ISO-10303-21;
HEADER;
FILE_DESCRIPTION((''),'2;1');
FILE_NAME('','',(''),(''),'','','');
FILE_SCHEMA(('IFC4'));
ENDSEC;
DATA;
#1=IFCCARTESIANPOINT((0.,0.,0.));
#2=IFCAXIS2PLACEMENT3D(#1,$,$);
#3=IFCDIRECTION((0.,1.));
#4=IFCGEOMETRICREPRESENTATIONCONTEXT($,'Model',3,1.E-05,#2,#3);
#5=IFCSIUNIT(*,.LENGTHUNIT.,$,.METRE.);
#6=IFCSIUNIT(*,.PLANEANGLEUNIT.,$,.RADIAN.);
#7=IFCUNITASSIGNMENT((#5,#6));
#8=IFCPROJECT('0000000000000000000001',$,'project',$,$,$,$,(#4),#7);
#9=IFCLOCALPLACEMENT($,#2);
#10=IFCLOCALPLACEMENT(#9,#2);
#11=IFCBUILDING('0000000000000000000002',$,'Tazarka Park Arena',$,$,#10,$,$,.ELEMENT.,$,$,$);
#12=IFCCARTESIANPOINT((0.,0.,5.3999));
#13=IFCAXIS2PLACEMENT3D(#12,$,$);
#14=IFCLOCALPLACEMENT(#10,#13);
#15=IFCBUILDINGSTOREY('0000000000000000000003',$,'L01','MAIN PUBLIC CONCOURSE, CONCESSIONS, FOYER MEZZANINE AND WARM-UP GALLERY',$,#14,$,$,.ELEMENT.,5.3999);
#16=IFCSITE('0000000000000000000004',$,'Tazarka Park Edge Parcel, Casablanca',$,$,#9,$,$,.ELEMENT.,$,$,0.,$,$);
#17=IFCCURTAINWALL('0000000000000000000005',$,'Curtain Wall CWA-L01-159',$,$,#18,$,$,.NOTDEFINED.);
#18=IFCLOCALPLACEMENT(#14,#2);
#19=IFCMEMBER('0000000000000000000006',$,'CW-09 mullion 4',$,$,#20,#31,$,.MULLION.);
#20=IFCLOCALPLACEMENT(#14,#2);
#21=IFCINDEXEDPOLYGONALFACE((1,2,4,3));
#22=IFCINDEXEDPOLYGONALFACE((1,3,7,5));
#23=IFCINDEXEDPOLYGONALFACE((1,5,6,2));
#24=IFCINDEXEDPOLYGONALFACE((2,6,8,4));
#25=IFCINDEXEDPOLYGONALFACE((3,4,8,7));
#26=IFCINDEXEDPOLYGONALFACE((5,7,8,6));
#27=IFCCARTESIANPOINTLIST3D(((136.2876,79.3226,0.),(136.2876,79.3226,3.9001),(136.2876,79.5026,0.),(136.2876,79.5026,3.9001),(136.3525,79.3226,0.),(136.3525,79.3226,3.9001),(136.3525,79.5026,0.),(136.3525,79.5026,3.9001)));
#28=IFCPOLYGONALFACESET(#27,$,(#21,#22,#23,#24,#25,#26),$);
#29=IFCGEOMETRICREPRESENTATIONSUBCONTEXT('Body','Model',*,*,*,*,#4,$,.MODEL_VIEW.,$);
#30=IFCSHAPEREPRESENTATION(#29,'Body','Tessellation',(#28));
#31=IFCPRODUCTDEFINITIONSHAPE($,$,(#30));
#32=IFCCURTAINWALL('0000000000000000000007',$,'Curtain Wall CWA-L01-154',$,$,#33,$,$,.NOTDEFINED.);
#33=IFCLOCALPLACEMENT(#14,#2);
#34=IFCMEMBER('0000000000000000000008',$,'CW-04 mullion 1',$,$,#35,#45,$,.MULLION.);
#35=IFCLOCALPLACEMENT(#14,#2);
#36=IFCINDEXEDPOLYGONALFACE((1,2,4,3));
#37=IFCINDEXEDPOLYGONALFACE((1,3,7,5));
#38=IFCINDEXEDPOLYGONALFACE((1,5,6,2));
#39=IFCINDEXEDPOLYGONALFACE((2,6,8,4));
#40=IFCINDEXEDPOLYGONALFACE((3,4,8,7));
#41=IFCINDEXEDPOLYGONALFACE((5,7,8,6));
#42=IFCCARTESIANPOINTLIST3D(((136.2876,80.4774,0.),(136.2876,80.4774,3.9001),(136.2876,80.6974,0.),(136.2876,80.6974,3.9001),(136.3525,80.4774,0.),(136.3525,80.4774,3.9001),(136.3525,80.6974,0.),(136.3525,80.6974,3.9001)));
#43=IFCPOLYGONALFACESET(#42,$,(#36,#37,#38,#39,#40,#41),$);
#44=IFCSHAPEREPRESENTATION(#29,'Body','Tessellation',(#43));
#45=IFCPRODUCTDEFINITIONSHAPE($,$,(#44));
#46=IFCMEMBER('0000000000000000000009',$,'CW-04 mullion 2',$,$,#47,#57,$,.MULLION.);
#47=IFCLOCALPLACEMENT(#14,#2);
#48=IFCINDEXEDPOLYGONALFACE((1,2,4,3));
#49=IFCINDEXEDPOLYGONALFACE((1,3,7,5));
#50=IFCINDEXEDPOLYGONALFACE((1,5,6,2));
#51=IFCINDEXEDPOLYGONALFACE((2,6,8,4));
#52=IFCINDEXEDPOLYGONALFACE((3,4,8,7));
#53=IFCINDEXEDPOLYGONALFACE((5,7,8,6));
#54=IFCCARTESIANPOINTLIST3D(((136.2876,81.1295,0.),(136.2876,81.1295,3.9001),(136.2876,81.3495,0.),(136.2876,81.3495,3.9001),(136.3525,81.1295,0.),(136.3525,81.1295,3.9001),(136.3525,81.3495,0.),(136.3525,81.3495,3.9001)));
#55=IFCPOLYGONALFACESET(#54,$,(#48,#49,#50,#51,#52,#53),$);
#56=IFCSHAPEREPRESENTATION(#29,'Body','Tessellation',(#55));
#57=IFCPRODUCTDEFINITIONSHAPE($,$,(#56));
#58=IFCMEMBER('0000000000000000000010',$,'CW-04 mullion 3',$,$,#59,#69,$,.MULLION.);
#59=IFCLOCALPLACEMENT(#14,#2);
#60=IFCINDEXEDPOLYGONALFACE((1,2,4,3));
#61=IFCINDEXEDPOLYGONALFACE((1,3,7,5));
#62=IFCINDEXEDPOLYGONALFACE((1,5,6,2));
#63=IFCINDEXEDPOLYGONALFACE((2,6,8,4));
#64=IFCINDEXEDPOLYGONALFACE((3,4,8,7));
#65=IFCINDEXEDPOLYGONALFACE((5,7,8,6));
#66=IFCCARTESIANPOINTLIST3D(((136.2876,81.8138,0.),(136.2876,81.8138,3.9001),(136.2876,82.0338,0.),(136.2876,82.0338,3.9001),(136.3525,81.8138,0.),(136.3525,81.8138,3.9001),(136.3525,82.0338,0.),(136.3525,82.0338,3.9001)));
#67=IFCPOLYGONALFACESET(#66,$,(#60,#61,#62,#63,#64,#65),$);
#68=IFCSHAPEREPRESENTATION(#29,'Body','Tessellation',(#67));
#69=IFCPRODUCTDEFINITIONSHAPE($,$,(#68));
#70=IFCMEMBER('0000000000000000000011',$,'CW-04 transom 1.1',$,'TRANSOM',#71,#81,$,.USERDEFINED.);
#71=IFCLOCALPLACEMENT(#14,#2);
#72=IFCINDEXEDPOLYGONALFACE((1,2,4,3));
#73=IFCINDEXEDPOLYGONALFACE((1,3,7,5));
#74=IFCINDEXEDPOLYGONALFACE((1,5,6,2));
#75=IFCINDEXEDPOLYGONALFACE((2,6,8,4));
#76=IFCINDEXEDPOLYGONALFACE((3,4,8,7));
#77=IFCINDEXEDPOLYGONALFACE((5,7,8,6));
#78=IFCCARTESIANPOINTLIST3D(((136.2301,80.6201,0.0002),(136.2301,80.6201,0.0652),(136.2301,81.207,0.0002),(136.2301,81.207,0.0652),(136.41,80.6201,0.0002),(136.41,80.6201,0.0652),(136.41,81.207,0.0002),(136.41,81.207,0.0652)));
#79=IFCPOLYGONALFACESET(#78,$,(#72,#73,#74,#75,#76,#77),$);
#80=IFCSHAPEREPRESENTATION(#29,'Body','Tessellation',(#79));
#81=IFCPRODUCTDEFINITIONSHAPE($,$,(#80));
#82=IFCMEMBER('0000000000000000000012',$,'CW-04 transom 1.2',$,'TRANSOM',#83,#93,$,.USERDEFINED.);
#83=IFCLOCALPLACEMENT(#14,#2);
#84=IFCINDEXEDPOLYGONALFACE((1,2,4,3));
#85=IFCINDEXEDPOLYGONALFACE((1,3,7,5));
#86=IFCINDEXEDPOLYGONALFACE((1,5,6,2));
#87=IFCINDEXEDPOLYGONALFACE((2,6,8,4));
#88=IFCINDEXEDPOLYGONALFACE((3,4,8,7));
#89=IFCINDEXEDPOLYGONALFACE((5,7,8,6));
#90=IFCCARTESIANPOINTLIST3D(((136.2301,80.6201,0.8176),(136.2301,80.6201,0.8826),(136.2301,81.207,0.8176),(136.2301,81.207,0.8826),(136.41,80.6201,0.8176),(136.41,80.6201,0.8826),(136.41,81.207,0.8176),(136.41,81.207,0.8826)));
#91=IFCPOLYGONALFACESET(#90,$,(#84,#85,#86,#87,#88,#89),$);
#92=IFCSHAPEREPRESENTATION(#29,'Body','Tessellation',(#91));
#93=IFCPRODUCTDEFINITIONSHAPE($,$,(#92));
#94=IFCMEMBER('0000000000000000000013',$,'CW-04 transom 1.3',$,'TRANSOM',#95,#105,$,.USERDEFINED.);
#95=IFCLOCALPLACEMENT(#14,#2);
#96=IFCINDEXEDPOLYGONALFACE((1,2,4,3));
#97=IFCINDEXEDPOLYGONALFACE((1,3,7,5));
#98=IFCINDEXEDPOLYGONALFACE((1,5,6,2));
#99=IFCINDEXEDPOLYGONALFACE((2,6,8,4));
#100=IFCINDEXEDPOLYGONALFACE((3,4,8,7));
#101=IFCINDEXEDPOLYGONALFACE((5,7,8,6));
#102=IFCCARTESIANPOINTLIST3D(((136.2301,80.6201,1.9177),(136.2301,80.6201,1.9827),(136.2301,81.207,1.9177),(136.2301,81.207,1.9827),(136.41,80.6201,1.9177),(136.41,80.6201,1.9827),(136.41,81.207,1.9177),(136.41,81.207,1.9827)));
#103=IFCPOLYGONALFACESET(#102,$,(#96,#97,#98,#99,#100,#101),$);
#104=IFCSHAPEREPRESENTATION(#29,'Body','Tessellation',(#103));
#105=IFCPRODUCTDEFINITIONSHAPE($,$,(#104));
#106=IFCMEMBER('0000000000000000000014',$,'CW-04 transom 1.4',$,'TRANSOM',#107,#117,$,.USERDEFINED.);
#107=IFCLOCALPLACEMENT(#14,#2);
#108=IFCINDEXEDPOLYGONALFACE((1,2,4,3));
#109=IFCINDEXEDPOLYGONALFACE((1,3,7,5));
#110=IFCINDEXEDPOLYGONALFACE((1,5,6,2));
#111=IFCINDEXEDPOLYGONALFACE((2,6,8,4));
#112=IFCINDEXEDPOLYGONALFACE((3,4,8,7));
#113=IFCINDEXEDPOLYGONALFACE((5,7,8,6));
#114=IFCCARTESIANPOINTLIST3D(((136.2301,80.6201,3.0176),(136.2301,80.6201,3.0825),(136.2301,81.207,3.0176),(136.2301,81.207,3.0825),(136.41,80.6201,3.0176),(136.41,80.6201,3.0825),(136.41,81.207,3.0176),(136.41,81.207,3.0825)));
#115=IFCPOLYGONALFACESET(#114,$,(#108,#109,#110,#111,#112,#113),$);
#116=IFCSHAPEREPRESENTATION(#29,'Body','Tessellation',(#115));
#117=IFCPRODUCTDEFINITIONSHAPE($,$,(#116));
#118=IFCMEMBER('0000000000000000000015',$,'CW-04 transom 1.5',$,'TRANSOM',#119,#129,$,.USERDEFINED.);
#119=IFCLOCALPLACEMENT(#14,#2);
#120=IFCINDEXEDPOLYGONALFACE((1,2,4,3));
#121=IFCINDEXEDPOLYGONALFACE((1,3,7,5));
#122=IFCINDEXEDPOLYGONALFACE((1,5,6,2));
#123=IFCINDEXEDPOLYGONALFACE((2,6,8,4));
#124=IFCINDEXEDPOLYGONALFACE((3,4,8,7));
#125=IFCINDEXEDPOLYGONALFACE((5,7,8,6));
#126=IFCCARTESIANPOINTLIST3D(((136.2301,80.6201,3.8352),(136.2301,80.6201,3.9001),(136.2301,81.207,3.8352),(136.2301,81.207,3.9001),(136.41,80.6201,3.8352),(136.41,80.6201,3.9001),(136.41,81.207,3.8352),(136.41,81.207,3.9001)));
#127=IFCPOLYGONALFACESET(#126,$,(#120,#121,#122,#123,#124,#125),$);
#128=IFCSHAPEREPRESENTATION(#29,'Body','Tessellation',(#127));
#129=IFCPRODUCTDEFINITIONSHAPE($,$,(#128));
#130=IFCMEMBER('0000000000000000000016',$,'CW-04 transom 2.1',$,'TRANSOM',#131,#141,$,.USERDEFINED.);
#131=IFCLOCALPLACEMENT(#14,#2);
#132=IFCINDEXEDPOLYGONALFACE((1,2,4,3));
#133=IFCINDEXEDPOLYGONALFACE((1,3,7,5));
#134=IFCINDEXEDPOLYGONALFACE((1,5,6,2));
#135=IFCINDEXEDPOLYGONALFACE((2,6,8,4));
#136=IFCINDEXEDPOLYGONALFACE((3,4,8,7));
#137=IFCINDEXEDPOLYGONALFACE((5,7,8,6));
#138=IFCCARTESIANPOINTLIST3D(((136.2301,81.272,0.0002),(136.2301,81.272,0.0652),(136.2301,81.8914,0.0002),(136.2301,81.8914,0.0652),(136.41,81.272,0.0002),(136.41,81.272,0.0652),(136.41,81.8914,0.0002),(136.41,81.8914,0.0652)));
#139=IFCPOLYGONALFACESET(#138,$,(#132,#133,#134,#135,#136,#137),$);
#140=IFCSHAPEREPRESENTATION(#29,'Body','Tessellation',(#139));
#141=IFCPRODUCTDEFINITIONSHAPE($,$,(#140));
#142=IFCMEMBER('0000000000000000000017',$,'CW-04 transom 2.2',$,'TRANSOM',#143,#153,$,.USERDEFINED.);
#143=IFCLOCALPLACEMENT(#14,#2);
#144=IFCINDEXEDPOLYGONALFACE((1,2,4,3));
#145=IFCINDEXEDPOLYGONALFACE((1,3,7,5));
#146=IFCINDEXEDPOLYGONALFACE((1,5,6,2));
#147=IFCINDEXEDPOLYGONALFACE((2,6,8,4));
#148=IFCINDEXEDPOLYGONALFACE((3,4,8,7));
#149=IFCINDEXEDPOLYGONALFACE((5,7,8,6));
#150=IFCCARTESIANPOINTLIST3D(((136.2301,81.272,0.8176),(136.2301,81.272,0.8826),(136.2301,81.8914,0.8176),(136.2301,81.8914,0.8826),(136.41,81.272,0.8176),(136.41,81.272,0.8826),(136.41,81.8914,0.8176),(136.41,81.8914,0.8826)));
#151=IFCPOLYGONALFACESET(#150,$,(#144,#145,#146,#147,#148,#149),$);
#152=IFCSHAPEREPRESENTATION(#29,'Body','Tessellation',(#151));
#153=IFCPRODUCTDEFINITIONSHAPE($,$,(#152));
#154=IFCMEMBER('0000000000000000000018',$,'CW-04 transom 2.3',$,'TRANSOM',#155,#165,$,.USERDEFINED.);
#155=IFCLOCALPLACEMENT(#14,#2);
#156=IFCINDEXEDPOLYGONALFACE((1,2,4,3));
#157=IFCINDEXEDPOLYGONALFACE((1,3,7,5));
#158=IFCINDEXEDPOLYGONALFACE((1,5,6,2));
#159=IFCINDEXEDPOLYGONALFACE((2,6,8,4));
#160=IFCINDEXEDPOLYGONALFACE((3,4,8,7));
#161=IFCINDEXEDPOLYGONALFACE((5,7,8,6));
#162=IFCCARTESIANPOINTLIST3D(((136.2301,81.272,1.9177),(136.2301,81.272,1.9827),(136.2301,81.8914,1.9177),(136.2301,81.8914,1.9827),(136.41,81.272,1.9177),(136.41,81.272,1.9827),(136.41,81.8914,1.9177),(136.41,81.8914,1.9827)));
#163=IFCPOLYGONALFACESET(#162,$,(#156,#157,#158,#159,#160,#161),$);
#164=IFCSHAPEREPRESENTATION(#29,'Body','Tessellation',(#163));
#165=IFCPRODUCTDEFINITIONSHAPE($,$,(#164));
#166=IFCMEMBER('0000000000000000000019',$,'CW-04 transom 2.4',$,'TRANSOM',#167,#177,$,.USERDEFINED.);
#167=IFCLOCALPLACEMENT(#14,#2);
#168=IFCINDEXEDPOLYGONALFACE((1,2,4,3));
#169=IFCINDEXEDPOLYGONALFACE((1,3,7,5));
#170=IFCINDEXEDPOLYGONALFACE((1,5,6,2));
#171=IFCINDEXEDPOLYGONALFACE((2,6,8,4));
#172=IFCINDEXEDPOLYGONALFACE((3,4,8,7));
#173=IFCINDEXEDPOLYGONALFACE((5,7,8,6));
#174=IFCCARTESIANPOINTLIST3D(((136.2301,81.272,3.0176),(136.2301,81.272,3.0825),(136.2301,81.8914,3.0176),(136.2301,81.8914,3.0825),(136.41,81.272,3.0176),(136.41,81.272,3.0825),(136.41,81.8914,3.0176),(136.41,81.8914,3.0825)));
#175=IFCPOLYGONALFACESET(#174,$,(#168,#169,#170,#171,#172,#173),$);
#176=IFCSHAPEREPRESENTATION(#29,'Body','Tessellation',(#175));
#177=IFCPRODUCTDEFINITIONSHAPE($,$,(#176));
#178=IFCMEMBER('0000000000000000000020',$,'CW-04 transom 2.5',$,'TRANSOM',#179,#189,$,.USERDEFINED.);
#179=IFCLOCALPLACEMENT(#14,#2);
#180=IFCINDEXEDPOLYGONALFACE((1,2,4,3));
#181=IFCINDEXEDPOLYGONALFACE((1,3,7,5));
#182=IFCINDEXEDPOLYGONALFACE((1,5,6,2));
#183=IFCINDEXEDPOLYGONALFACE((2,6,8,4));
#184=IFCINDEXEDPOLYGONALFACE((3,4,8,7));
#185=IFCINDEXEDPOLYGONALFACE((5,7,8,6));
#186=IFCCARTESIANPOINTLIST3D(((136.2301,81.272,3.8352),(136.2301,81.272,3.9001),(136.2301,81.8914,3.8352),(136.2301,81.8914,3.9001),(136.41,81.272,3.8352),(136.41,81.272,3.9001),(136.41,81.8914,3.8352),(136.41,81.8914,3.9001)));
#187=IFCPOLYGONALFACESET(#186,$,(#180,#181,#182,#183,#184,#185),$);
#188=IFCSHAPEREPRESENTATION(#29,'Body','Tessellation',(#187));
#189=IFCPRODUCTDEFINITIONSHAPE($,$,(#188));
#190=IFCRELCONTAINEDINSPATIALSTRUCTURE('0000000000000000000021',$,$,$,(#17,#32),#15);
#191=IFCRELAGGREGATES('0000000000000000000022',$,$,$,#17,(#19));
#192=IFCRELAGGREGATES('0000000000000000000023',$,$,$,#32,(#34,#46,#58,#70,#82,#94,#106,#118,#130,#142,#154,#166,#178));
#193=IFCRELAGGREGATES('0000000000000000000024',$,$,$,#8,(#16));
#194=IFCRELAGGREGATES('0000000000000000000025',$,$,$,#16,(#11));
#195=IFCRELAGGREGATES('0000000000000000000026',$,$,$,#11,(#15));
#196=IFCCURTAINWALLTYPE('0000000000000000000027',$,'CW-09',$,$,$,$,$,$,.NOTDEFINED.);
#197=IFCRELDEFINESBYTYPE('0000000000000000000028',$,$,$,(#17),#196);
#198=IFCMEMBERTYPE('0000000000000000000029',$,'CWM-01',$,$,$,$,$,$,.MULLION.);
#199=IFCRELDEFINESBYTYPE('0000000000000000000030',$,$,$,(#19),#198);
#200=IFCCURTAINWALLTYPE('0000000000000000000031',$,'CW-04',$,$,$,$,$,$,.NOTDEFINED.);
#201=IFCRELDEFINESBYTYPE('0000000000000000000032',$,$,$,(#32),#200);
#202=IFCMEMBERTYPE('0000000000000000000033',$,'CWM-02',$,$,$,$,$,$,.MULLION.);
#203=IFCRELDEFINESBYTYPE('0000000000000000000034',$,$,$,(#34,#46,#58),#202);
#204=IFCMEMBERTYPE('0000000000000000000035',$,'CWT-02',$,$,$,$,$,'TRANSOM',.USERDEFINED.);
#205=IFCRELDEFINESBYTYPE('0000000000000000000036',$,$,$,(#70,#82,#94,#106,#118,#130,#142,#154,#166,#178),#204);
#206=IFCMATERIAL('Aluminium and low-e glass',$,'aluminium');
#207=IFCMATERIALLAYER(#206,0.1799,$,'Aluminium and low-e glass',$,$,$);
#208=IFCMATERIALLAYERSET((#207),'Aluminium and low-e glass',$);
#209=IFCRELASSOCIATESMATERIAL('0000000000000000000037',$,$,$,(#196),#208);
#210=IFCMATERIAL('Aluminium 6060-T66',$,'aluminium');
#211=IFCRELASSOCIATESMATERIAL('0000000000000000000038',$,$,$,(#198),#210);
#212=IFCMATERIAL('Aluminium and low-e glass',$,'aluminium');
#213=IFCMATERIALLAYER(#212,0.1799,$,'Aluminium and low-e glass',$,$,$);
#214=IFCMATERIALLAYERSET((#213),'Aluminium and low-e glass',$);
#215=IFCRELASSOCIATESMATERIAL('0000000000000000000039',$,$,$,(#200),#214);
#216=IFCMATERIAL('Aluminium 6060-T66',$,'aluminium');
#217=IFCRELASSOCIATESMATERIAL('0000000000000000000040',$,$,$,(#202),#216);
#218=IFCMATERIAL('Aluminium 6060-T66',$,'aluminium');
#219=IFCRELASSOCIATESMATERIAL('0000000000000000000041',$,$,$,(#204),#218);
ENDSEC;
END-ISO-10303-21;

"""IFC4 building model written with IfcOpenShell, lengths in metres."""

from ifc_helpers import new_model, si_unit, direction, frame, origin, origin_2d, place, context, subcontext, project, spatial, rectangle, extrude, material, layer, layer_set, material_profile, profile_set, type_object, element, aggregate, save


model = new_model("IFC4")

# Units and contexts
model_context = context("Model", 3, precision=1e-05, world=origin(), true_north=direction((0.0, 1.0)))
body_context = subcontext(model_context, "Body", "Model", "MODEL_VIEW")
ifc_project = project(units=[si_unit("LENGTHUNIT", "METRE"), si_unit("PLANEANGLEUNIT", "RADIAN")], contexts=[model_context])

# Site, building, storey
site_placement = place(None, origin())
site = spatial("IfcSite", under=ifc_project, at=site_placement, Name="Tazarka Park Edge Parcel, Casablanca", CompositionType="ELEMENT", RefElevation=0.0)
building_placement = place(site_placement, origin())
building = spatial("IfcBuilding", under=site, at=building_placement, Name="Tazarka Park Arena", CompositionType="ELEMENT")
storey_placement = place(building_placement, frame((0.0, 0.0, 5.3999)))
storey = spatial("IfcBuildingStorey", under=building, at=storey_placement, Name="L01", Description="MAIN PUBLIC CONCOURSE, CONCESSIONS, FOYER MEZZANINE AND WARM-UP GALLERY", CompositionType="ELEMENT", Elevation=5.3999)

# Curtain wall, member
ifc_material_1 = material(Name="Aluminium and low-e glass", Category="aluminium")
ifc_layer_1 = layer(ifc_material_1, 0.1799, Name="Aluminium and low-e glass")
ifc_layer_set_1 = layer_set([ifc_layer_1], Name="Aluminium and low-e glass")
curtain_wall_type_1 = type_object("IfcCurtainWallType", Name="CW-09", PredefinedType="NOTDEFINED", material=ifc_layer_set_1)
curtain_wall_1_placement = place(storey_placement, origin())
curtain_wall_1 = element("IfcCurtainWall", 1, at=curtain_wall_1_placement, inside=storey, type_object=curtain_wall_type_1, Name="Curtain Wall CWA-L01-159", PredefinedType="NOTDEFINED")
ifc_material_2 = material(Name="Aluminium 6060-T66", Category="aluminium")
ifc_material_profile_1 = material_profile(ifc_material_2, rectangle(XDim=0.0649, YDim=0.1799, at=origin_2d()), Name="Aluminium 6060-T66")
ifc_profile_set_1 = profile_set([ifc_material_profile_1], Name="Aluminium 6060-T66")
member_type_1 = type_object("IfcMemberType", Name="CWM-01", PredefinedType="MULLION", material=ifc_profile_set_1)
member_1_placement = place(storey_placement, frame((136.3201, 79.4126, 0.0), z_axis=(0.0, 0.0, 1.0), x_axis=(-1.0, 0.0, 0.0)))
member_1 = element("IfcMember", 2, at=member_1_placement, type_object=member_type_1, Name="CW-09 mullion 4", PredefinedType="MULLION", context=body_context, shape_type="SweptSolid", body=[
    extrude(rectangle(XDim=0.0649, YDim=0.1799, at=origin_2d()), origin(), (0.0, 0.0, 1.0), 3.9001),
])

# Curtain wall, members
ifc_material_3 = material(Name="Aluminium and low-e glass", Category="aluminium")
ifc_layer_2 = layer(ifc_material_3, 0.1799, Name="Aluminium and low-e glass")
ifc_layer_set_2 = layer_set([ifc_layer_2], Name="Aluminium and low-e glass")
curtain_wall_type_2 = type_object("IfcCurtainWallType", Name="CW-04", PredefinedType="NOTDEFINED", material=ifc_layer_set_2)
curtain_wall_2_placement = place(storey_placement, origin())
curtain_wall_2 = element("IfcCurtainWall", 3, at=curtain_wall_2_placement, inside=storey, type_object=curtain_wall_type_2, Name="Curtain Wall CWA-L01-154", PredefinedType="NOTDEFINED")
ifc_material_4 = material(Name="Aluminium 6060-T66", Category="aluminium")
ifc_material_profile_2 = material_profile(ifc_material_4, rectangle(XDim=0.0649, YDim=0.22, at=origin_2d()), Name="Aluminium 6060-T66")
ifc_profile_set_2 = profile_set([ifc_material_profile_2], Name="Aluminium 6060-T66")
member_type_2 = type_object("IfcMemberType", Name="CWM-02", PredefinedType="MULLION", material=ifc_profile_set_2)
member_2_placement = place(storey_placement, frame((136.3201, 80.5874, 0.0), z_axis=(0.0, 0.0, 1.0), x_axis=(-1.0, 0.0, 0.0)))
member_2 = element("IfcMember", 4, at=member_2_placement, type_object=member_type_2, Name="CW-04 mullion 1", PredefinedType="MULLION", context=body_context, shape_type="SweptSolid", body=[
    extrude(rectangle(XDim=0.0649, YDim=0.22, at=origin_2d()), origin(), (0.0, 0.0, 1.0), 3.9001),
])
member_3_placement = place(storey_placement, frame((136.3201, 81.2395, 0.0), z_axis=(0.0, 0.0, 1.0), x_axis=(-1.0, 0.0, 0.0)))
member_3 = element("IfcMember", 5, at=member_3_placement, type_object=member_type_2, Name="CW-04 mullion 2", PredefinedType="MULLION", context=body_context, shape_type="SweptSolid", body=[
    extrude(rectangle(XDim=0.0649, YDim=0.22, at=origin_2d()), origin(), (0.0, 0.0, 1.0), 3.9001),
])
member_4_placement = place(storey_placement, frame((136.3201, 81.9238, 0.0), z_axis=(0.0, 0.0, 1.0), x_axis=(-1.0, 0.0, 0.0)))
member_4 = element("IfcMember", 6, at=member_4_placement, type_object=member_type_2, Name="CW-04 mullion 3", PredefinedType="MULLION", context=body_context, shape_type="SweptSolid", body=[
    extrude(rectangle(XDim=0.0649, YDim=0.22, at=origin_2d()), origin(), (0.0, 0.0, 1.0), 3.9001),
])
ifc_material_5 = material(Name="Aluminium 6060-T66", Category="aluminium")
ifc_material_profile_3 = material_profile(ifc_material_5, rectangle(XDim=0.1799, YDim=0.0649, at=origin_2d()), Name="Aluminium 6060-T66")
ifc_profile_set_3 = profile_set([ifc_material_profile_3], Name="Aluminium 6060-T66")
member_type_3 = type_object("IfcMemberType", Name="CWT-02", ElementType="TRANSOM", PredefinedType="USERDEFINED", material=ifc_profile_set_3)
member_5_placement = place(storey_placement, frame((136.3201, 80.6201, 0.0327), z_axis=(0.0, 1.0, 0.0), x_axis=(-1.0, 0.0, 0.0)))
member_5 = element("IfcMember", 7, at=member_5_placement, type_object=member_type_3, Name="CW-04 transom 1.1", ObjectType="TRANSOM", PredefinedType="USERDEFINED", context=body_context, shape_type="SweptSolid", body=[
    extrude(rectangle(XDim=0.1799, YDim=0.0649, at=origin_2d()), origin(), (0.0, 0.0, 1.0), 0.5869),
])
member_6_placement = place(storey_placement, frame((136.3201, 80.6201, 0.8501), z_axis=(0.0, 1.0, 0.0), x_axis=(-1.0, 0.0, 0.0)))
member_6 = element("IfcMember", 8, at=member_6_placement, type_object=member_type_3, Name="CW-04 transom 1.2", ObjectType="TRANSOM", PredefinedType="USERDEFINED", context=body_context, shape_type="SweptSolid", body=[
    extrude(rectangle(XDim=0.1799, YDim=0.0649, at=origin_2d()), origin(), (0.0, 0.0, 1.0), 0.5869),
])
member_7_placement = place(storey_placement, frame((136.3201, 80.6201, 1.9502), z_axis=(0.0, 1.0, 0.0), x_axis=(-1.0, 0.0, 0.0)))
member_7 = element("IfcMember", 9, at=member_7_placement, type_object=member_type_3, Name="CW-04 transom 1.3", ObjectType="TRANSOM", PredefinedType="USERDEFINED", context=body_context, shape_type="SweptSolid", body=[
    extrude(rectangle(XDim=0.1799, YDim=0.0649, at=origin_2d()), origin(), (0.0, 0.0, 1.0), 0.5869),
])
member_8_placement = place(storey_placement, frame((136.3201, 80.6201, 3.05), z_axis=(0.0, 1.0, 0.0), x_axis=(-1.0, 0.0, 0.0)))
member_8 = element("IfcMember", 10, at=member_8_placement, type_object=member_type_3, Name="CW-04 transom 1.4", ObjectType="TRANSOM", PredefinedType="USERDEFINED", context=body_context, shape_type="SweptSolid", body=[
    extrude(rectangle(XDim=0.1799, YDim=0.0649, at=origin_2d()), origin(), (0.0, 0.0, 1.0), 0.5869),
])
member_9_placement = place(storey_placement, frame((136.3201, 80.6201, 3.8677), z_axis=(0.0, 1.0, 0.0), x_axis=(-1.0, 0.0, 0.0)))
member_9 = element("IfcMember", 11, at=member_9_placement, type_object=member_type_3, Name="CW-04 transom 1.5", ObjectType="TRANSOM", PredefinedType="USERDEFINED", context=body_context, shape_type="SweptSolid", body=[
    extrude(rectangle(XDim=0.1799, YDim=0.0649, at=origin_2d()), origin(), (0.0, 0.0, 1.0), 0.5869),
])
member_10_placement = place(storey_placement, frame((136.3201, 81.272, 0.0327), z_axis=(0.0, 1.0, 0.0), x_axis=(-1.0, 0.0, 0.0)))
member_10 = element("IfcMember", 12, at=member_10_placement, type_object=member_type_3, Name="CW-04 transom 2.1", ObjectType="TRANSOM", PredefinedType="USERDEFINED", context=body_context, shape_type="SweptSolid", body=[
    extrude(rectangle(XDim=0.1799, YDim=0.0649, at=origin_2d()), origin(), (0.0, 0.0, 1.0), 0.6194),
])
member_11_placement = place(storey_placement, frame((136.3201, 81.272, 0.8501), z_axis=(0.0, 1.0, 0.0), x_axis=(-1.0, 0.0, 0.0)))
member_11 = element("IfcMember", 13, at=member_11_placement, type_object=member_type_3, Name="CW-04 transom 2.2", ObjectType="TRANSOM", PredefinedType="USERDEFINED", context=body_context, shape_type="SweptSolid", body=[
    extrude(rectangle(XDim=0.1799, YDim=0.0649, at=origin_2d()), origin(), (0.0, 0.0, 1.0), 0.6194),
])
member_12_placement = place(storey_placement, frame((136.3201, 81.272, 1.9502), z_axis=(0.0, 1.0, 0.0), x_axis=(-1.0, 0.0, 0.0)))
member_12 = element("IfcMember", 14, at=member_12_placement, type_object=member_type_3, Name="CW-04 transom 2.3", ObjectType="TRANSOM", PredefinedType="USERDEFINED", context=body_context, shape_type="SweptSolid", body=[
    extrude(rectangle(XDim=0.1799, YDim=0.0649, at=origin_2d()), origin(), (0.0, 0.0, 1.0), 0.6194),
])
member_13_placement = place(storey_placement, frame((136.3201, 81.272, 3.05), z_axis=(0.0, 1.0, 0.0), x_axis=(-1.0, 0.0, 0.0)))
member_13 = element("IfcMember", 15, at=member_13_placement, type_object=member_type_3, Name="CW-04 transom 2.4", ObjectType="TRANSOM", PredefinedType="USERDEFINED", context=body_context, shape_type="SweptSolid", body=[
    extrude(rectangle(XDim=0.1799, YDim=0.0649, at=origin_2d()), origin(), (0.0, 0.0, 1.0), 0.6194),
])
member_14_placement = place(storey_placement, frame((136.3201, 81.272, 3.8677), z_axis=(0.0, 1.0, 0.0), x_axis=(-1.0, 0.0, 0.0)))
member_14 = element("IfcMember", 16, at=member_14_placement, type_object=member_type_3, Name="CW-04 transom 2.5", ObjectType="TRANSOM", PredefinedType="USERDEFINED", context=body_context, shape_type="SweptSolid", body=[
    extrude(rectangle(XDim=0.1799, YDim=0.0649, at=origin_2d()), origin(), (0.0, 0.0, 1.0), 0.6194),
])

aggregate(curtain_wall_1, [member_1])
aggregate(curtain_wall_2, [member_2, member_3, member_4, member_5, member_6, member_7, member_8, member_9, member_10, member_11, member_12, member_13, member_14])

save(model, "model.ifc")
